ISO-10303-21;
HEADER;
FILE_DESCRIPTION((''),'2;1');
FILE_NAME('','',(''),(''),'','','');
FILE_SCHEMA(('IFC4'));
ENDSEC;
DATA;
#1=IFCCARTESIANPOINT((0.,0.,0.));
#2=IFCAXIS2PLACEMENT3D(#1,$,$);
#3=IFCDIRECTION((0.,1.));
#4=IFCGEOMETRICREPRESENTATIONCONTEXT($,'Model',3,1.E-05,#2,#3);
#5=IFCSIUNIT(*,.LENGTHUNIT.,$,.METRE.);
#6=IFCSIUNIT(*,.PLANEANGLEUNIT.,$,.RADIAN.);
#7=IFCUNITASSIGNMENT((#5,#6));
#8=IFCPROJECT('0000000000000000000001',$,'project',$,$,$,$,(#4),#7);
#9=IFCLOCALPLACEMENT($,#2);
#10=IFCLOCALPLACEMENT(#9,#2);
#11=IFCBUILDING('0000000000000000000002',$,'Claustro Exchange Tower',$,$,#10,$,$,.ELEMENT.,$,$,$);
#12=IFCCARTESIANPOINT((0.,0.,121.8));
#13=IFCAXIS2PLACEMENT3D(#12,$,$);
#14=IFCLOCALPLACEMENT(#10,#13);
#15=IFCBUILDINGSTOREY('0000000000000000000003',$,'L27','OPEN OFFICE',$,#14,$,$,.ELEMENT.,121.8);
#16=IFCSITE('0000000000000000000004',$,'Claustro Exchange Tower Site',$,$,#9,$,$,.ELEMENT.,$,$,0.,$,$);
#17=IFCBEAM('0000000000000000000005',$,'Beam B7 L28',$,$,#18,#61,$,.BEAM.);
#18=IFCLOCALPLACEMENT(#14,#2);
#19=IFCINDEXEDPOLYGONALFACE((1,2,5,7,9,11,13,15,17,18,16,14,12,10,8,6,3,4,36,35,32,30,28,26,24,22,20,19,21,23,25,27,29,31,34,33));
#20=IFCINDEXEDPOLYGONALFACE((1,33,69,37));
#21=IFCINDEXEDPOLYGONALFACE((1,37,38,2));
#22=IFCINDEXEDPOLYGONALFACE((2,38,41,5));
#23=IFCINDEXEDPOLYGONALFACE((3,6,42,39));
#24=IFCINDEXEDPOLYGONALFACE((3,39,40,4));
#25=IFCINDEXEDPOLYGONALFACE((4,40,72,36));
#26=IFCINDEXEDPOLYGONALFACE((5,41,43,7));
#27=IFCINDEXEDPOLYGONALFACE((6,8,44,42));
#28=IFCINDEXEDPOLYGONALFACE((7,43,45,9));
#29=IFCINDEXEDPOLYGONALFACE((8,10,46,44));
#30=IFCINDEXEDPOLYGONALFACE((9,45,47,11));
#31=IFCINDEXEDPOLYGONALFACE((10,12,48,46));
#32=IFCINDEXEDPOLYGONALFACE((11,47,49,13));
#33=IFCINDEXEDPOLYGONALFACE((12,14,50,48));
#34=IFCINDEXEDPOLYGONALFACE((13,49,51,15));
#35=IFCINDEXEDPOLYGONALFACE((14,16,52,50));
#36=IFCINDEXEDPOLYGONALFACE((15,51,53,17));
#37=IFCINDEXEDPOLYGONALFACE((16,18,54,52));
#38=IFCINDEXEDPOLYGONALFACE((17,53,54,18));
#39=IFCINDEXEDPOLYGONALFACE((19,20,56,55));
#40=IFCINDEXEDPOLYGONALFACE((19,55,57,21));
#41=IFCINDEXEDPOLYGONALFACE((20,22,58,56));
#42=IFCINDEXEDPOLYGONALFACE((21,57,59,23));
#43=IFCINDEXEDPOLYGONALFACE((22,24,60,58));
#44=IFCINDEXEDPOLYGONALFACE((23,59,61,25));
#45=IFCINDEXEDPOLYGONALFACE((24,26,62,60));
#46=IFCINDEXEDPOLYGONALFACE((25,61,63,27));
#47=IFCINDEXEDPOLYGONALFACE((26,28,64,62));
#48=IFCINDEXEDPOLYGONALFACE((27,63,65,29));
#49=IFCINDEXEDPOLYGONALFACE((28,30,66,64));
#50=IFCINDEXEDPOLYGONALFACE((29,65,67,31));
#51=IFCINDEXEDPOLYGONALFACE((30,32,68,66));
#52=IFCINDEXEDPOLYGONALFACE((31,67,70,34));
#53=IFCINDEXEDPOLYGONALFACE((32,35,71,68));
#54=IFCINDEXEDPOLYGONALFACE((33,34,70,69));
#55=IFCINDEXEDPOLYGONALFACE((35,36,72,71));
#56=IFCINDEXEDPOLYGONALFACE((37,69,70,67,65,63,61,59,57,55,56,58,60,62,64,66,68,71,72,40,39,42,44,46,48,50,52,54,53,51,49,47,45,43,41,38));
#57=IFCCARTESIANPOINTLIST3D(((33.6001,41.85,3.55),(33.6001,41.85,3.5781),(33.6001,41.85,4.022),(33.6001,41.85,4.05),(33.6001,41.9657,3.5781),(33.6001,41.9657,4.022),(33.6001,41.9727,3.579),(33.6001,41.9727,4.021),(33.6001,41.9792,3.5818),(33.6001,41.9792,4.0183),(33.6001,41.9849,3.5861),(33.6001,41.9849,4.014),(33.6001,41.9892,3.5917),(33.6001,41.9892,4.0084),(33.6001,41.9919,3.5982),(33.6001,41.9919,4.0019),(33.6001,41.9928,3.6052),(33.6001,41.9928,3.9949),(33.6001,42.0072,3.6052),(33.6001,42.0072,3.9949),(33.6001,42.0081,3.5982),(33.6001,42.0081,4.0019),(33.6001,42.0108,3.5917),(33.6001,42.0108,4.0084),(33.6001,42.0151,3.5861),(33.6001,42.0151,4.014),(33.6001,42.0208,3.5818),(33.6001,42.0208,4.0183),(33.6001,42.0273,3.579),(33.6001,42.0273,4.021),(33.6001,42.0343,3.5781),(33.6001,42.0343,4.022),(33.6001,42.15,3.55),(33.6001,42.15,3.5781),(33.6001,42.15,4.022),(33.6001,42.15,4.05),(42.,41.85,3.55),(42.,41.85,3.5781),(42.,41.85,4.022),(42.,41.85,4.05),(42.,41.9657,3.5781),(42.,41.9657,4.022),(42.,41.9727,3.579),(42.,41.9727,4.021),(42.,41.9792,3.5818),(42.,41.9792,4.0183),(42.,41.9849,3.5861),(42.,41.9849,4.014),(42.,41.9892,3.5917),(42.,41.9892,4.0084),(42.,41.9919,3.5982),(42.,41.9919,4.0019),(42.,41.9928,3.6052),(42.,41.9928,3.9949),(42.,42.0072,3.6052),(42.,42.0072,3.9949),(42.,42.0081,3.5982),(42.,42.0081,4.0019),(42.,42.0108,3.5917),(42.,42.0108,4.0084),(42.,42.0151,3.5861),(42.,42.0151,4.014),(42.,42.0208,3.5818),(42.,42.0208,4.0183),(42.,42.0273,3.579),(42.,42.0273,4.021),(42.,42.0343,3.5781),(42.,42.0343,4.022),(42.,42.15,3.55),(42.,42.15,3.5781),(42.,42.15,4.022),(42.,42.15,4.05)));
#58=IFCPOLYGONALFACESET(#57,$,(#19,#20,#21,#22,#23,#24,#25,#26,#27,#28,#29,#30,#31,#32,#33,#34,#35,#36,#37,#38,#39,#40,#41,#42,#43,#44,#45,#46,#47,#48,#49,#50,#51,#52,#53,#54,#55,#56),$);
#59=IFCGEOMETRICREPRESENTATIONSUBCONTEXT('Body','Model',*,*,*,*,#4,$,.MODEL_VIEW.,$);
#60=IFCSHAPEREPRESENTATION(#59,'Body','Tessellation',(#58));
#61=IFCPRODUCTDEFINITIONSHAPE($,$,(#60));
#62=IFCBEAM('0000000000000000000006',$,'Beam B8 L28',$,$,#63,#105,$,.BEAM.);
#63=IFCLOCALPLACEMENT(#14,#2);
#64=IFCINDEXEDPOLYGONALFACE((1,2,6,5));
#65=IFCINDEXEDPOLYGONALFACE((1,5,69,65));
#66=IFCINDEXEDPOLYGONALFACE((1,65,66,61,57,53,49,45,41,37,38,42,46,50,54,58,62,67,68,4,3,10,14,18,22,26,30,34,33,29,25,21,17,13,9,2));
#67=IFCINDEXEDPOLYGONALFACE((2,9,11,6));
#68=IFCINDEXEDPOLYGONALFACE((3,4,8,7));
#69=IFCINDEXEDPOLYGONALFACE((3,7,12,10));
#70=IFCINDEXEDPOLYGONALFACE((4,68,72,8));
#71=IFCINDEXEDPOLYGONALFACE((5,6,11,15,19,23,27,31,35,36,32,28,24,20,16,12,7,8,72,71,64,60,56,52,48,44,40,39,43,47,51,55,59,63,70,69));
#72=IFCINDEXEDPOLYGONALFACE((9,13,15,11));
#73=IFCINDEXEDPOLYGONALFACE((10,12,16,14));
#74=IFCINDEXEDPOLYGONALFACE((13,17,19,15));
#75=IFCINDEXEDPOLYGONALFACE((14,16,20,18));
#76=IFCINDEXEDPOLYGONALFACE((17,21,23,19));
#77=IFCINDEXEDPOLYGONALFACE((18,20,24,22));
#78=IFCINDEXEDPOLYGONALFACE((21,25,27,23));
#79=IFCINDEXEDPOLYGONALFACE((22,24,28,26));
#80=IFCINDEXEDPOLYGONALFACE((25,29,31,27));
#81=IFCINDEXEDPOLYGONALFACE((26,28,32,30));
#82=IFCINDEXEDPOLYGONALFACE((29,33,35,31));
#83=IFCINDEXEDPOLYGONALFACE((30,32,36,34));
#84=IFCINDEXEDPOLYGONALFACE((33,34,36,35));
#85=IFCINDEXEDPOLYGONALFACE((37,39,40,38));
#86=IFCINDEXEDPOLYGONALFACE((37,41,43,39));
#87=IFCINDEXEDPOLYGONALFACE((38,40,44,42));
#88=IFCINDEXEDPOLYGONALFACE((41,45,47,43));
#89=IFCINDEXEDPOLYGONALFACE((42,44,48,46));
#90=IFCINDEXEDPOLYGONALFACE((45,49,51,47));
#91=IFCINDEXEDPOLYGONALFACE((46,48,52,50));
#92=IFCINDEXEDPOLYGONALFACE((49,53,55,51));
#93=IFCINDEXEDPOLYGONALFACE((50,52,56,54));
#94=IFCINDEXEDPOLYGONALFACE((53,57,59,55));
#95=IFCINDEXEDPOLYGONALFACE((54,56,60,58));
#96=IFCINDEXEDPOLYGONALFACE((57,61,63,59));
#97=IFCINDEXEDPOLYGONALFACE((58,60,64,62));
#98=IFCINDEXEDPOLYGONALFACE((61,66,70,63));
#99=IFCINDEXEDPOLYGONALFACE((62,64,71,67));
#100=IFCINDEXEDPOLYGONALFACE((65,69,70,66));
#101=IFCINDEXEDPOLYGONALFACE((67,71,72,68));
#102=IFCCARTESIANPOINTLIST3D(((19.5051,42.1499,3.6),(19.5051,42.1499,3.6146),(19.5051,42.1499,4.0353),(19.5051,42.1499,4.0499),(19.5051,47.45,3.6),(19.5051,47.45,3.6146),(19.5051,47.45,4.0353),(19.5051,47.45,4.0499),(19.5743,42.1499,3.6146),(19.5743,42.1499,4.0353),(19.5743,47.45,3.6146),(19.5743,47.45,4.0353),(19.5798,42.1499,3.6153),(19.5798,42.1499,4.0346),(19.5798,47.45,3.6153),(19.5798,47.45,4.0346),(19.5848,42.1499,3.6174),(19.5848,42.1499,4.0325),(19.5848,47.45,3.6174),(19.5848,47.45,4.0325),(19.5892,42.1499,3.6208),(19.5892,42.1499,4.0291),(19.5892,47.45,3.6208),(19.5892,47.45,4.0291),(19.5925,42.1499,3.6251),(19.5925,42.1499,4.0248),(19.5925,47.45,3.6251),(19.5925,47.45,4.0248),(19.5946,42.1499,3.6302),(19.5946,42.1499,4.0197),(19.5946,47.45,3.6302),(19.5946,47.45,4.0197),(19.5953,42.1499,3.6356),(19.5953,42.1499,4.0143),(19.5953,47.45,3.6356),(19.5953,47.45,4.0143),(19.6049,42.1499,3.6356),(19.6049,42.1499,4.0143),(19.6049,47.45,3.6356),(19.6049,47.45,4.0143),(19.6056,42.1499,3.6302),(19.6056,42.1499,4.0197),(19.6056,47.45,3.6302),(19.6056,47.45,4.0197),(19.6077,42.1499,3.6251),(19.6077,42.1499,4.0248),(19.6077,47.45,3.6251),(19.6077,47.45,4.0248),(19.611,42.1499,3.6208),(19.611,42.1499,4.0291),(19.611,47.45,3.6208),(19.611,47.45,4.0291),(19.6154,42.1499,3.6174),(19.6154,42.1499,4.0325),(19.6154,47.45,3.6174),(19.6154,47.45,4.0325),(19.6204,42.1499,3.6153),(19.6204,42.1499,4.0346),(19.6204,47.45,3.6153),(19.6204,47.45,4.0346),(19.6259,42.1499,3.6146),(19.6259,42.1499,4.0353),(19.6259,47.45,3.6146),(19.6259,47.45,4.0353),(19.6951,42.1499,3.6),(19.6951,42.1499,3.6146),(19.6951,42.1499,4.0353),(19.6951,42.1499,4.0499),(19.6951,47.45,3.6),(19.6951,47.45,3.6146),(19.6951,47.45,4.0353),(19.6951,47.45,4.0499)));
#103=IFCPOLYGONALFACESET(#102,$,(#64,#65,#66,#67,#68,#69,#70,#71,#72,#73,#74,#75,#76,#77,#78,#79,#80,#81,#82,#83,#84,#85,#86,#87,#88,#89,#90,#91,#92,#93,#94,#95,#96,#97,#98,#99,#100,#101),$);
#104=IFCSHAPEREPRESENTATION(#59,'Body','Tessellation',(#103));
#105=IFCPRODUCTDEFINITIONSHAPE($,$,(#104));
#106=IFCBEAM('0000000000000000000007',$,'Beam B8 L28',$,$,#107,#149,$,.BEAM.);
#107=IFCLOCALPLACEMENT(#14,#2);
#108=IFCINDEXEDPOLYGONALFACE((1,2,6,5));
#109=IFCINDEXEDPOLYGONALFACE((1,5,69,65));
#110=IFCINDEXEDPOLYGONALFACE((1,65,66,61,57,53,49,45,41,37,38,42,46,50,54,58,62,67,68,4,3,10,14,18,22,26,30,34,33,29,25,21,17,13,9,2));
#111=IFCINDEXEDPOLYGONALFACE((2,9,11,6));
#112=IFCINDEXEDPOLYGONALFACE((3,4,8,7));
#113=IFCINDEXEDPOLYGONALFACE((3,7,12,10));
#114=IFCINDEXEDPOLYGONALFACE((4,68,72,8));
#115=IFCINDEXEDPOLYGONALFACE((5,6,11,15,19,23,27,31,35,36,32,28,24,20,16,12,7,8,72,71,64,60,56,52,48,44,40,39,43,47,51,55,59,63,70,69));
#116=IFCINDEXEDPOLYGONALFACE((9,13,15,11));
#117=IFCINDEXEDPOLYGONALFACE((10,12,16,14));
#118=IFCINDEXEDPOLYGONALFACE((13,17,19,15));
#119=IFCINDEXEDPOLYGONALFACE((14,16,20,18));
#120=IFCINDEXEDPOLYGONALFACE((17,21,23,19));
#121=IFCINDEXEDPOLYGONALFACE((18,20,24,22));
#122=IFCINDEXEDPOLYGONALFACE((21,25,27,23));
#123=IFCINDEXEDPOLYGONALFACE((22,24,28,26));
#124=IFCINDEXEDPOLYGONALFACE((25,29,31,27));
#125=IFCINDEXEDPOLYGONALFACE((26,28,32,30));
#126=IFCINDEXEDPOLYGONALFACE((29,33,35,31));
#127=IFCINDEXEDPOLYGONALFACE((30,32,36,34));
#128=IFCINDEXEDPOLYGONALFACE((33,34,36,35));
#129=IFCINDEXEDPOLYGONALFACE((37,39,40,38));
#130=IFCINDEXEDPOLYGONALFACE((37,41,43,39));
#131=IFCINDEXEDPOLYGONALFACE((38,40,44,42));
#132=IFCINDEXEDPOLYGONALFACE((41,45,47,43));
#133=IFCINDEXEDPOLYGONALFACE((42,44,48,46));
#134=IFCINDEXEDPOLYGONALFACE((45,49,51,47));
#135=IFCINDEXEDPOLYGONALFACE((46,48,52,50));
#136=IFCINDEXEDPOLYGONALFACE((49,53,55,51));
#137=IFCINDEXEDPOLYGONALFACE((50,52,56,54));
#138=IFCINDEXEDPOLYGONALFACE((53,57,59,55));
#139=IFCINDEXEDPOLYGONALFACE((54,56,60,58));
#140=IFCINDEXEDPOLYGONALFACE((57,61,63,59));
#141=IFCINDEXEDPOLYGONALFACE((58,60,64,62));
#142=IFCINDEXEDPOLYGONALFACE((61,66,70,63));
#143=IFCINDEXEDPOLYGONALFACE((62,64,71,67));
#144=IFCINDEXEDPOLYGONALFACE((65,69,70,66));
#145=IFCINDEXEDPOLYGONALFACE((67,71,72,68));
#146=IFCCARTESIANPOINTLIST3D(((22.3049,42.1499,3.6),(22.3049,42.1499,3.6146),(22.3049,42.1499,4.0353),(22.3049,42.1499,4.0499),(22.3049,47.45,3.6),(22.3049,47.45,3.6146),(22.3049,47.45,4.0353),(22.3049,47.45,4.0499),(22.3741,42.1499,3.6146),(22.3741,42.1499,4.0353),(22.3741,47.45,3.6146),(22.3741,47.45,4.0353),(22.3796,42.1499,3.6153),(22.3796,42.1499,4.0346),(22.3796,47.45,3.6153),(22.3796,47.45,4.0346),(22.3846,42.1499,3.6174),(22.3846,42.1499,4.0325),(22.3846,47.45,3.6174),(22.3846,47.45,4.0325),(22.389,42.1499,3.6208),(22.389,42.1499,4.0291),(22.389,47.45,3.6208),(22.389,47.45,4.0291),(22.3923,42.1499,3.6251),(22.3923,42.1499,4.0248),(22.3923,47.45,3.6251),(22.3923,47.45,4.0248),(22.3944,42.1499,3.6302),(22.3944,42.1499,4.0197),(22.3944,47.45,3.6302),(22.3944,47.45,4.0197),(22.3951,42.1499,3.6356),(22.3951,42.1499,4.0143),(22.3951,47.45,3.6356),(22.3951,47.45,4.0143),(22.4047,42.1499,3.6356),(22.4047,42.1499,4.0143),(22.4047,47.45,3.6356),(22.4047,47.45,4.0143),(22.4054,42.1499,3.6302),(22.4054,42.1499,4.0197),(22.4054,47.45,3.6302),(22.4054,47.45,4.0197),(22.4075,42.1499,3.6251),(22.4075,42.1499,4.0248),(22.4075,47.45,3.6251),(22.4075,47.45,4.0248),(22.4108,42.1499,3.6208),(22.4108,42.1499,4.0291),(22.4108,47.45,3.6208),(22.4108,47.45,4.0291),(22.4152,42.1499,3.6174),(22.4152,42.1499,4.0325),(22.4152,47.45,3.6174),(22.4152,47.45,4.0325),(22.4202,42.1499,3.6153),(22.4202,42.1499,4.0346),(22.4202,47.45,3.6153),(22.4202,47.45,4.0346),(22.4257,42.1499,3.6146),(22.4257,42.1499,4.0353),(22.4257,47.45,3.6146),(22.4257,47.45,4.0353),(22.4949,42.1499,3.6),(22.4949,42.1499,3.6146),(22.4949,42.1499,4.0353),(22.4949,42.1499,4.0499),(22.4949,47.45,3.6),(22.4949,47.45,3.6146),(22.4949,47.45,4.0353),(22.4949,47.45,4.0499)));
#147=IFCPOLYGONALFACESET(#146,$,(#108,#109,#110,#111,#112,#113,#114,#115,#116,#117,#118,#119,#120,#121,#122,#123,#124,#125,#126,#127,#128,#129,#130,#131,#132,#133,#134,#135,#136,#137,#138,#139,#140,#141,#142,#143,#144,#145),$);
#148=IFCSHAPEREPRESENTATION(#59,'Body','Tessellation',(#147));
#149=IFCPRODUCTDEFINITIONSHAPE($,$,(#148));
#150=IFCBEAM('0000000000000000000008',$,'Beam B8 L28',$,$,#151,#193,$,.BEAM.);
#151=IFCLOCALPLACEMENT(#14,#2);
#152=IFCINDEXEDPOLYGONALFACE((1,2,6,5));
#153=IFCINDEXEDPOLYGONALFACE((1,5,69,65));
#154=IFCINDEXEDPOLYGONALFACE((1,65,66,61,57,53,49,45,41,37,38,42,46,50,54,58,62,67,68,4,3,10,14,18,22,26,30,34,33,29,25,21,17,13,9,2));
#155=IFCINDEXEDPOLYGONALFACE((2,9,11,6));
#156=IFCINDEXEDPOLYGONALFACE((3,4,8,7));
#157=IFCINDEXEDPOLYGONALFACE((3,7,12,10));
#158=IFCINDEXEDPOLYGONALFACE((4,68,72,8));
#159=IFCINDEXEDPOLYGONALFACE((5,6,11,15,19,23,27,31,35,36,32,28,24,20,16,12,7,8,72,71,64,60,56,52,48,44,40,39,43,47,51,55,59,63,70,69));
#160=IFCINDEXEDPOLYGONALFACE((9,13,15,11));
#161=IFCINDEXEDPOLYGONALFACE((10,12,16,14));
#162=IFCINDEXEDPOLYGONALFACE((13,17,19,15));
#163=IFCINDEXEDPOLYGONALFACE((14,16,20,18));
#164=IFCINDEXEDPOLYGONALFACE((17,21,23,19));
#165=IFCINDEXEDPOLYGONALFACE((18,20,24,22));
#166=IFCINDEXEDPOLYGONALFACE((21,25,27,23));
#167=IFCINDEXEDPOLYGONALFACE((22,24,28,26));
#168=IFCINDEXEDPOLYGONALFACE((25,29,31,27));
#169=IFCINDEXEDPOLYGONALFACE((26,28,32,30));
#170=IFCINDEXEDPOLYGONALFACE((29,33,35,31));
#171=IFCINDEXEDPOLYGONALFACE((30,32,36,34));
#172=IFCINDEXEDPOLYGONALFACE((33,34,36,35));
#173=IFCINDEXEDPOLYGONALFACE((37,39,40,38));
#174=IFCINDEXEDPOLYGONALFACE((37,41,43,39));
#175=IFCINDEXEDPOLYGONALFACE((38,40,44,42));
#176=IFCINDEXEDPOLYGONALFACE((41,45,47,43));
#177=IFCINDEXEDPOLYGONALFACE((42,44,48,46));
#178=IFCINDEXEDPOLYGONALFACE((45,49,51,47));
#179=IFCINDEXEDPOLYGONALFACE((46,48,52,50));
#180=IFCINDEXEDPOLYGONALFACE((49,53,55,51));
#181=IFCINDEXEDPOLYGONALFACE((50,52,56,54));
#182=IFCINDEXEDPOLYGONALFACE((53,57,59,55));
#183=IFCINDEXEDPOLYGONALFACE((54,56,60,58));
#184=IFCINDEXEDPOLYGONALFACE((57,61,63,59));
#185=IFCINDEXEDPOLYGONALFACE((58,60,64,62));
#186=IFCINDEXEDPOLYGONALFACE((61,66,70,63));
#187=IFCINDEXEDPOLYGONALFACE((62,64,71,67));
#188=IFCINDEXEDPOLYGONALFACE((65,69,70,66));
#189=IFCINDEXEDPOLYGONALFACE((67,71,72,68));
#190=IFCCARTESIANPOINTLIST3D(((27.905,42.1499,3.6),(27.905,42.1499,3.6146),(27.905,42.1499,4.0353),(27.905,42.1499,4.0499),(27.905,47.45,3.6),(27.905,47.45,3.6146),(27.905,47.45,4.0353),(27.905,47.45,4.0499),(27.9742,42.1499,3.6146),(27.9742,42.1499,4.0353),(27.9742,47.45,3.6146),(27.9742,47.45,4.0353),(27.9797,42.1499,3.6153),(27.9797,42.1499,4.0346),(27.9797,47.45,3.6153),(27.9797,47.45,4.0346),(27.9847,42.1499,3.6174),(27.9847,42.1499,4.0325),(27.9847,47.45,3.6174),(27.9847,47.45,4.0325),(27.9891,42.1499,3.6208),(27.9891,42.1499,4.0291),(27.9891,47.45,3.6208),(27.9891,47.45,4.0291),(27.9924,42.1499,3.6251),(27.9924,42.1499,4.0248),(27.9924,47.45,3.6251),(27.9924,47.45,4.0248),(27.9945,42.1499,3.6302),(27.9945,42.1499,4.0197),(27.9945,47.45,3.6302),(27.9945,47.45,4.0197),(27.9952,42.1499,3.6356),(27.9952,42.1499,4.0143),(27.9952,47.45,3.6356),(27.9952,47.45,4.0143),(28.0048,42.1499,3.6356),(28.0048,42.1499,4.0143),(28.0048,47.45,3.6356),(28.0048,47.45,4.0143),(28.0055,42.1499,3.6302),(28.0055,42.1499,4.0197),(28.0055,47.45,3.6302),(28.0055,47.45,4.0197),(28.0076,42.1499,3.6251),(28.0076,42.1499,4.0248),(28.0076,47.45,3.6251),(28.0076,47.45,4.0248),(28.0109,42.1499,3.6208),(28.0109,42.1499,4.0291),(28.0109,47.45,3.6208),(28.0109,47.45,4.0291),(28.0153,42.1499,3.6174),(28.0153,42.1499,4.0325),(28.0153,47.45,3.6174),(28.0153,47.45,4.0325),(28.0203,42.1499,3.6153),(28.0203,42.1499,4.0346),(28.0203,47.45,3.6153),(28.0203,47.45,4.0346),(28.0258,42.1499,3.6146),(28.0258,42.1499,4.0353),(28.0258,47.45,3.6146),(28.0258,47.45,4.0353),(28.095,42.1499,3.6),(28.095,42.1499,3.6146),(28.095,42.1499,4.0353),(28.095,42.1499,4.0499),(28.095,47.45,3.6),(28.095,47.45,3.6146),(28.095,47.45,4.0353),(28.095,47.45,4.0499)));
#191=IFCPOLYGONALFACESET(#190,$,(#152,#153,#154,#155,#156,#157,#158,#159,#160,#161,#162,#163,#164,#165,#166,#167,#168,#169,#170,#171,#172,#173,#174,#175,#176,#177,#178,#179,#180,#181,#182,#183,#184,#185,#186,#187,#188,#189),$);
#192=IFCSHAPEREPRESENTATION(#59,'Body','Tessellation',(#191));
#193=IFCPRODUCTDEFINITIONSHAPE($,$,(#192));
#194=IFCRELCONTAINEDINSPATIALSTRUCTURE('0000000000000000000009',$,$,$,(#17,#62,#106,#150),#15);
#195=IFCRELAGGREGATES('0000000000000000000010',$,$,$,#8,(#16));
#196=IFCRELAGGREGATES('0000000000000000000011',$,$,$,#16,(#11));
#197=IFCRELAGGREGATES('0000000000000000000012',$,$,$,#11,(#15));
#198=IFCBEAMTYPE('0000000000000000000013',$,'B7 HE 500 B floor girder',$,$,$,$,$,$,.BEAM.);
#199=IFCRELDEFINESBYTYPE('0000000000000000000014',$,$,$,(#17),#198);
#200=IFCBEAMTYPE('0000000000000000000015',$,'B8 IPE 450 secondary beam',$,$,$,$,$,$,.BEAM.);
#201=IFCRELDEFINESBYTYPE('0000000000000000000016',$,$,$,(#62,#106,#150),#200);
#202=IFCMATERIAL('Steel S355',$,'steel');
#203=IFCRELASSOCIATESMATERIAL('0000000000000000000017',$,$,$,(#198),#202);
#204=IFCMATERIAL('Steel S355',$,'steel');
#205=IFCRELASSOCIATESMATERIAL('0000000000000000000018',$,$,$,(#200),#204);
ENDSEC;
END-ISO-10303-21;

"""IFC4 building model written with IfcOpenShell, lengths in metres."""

from ifc_helpers import new_model, si_unit, direction, frame, origin, origin_2d, place, context, subcontext, project, spatial, i_section, extrude, material, material_profile, profile_set, type_object, element, save


model = new_model("IFC4")

# Units and contexts
model_context = context("Model", 3, precision=1e-05, world=origin(), true_north=direction((0.0, 1.0)))
body_context = subcontext(model_context, "Body", "Model", "MODEL_VIEW")
ifc_project = project(units=[si_unit("LENGTHUNIT", "METRE"), si_unit("PLANEANGLEUNIT", "RADIAN")], contexts=[model_context])

# Site, building, storey
site_placement = place(None, origin())
site = spatial("IfcSite", under=ifc_project, at=site_placement, Name="Claustro Exchange Tower Site", CompositionType="ELEMENT", RefElevation=0.0)
building_placement = place(site_placement, origin())
building = spatial("IfcBuilding", under=site, at=building_placement, Name="Claustro Exchange Tower", CompositionType="ELEMENT")
storey_placement = place(building_placement, frame((0.0, 0.0, 121.8)))
storey = spatial("IfcBuildingStorey", under=building, at=storey_placement, Name="L27", Description="OPEN OFFICE", CompositionType="ELEMENT", Elevation=121.8)

# Beams
ifc_material_1 = material(Name="Steel S355", Category="steel")
ifc_material_profile_1 = material_profile(ifc_material_1, i_section(OverallWidth=0.3, OverallDepth=0.5, WebThickness=0.0144, FlangeThickness=0.0281, FilletRadius=0.0271, at=origin_2d()), Name="HE 500 B")
ifc_profile_set_1 = profile_set([ifc_material_profile_1], Name="Steel S355")
beam_type_1 = type_object("IfcBeamType", Name="B7 HE 500 B floor girder", PredefinedType="BEAM", material=ifc_profile_set_1)
beam_1_placement = place(storey_placement, frame((33.6001, 42.0, 3.8), z_axis=(1.0, 0.0, 0.0), x_axis=(0.0, 1.0, 0.0)))
element("IfcBeam", 1, at=beam_1_placement, inside=storey, type_object=beam_type_1, Name="Beam B7 L28", PredefinedType="BEAM", context=body_context, shape_type="SweptSolid", body=[
    extrude(i_section(OverallWidth=0.3, OverallDepth=0.5, WebThickness=0.0144, FlangeThickness=0.0281, FilletRadius=0.0271, at=origin_2d()), origin(), (0.0, 0.0, 1.0), 8.3999),
])
ifc_material_2 = material(Name="Steel S355", Category="steel")
ifc_material_profile_2 = material_profile(ifc_material_2, i_section(OverallWidth=0.1899, OverallDepth=0.45, WebThickness=0.0095, FlangeThickness=0.0146, FilletRadius=0.021, at=origin_2d()), Name="IPE 450")
ifc_profile_set_2 = profile_set([ifc_material_profile_2], Name="Steel S355")
beam_type_2 = type_object("IfcBeamType", Name="B8 IPE 450 secondary beam", PredefinedType="BEAM", material=ifc_profile_set_2)
for number, where, z_axis, x_axis, name in (
    (2, (19.6001, 42.1499, 3.825), (0.0, 1.0, 0.0), (-1.0, 0.0, 0.0), "Beam B8 L28"),
    (3, (22.3999, 42.1499, 3.825), (0.0, 1.0, 0.0), (-1.0, 0.0, 0.0), "Beam B8 L28"),
    (4, (28.0, 42.1499, 3.825), (0.0, 1.0, 0.0), (-1.0, 0.0, 0.0), "Beam B8 L28"),
):
    element("IfcBeam", number, at=place(storey_placement, frame(where, z_axis=z_axis, x_axis=x_axis)), inside=storey, type_object=beam_type_2, Name=name, PredefinedType="BEAM", context=body_context, shape_type="SweptSolid", body=[
        extrude(i_section(OverallWidth=0.1899, OverallDepth=0.45, WebThickness=0.0095, FlangeThickness=0.0146, FilletRadius=0.021, at=origin_2d()), origin(), (0.0, 0.0, 1.0), 5.3),
    ])

save(model, "model.ifc")
